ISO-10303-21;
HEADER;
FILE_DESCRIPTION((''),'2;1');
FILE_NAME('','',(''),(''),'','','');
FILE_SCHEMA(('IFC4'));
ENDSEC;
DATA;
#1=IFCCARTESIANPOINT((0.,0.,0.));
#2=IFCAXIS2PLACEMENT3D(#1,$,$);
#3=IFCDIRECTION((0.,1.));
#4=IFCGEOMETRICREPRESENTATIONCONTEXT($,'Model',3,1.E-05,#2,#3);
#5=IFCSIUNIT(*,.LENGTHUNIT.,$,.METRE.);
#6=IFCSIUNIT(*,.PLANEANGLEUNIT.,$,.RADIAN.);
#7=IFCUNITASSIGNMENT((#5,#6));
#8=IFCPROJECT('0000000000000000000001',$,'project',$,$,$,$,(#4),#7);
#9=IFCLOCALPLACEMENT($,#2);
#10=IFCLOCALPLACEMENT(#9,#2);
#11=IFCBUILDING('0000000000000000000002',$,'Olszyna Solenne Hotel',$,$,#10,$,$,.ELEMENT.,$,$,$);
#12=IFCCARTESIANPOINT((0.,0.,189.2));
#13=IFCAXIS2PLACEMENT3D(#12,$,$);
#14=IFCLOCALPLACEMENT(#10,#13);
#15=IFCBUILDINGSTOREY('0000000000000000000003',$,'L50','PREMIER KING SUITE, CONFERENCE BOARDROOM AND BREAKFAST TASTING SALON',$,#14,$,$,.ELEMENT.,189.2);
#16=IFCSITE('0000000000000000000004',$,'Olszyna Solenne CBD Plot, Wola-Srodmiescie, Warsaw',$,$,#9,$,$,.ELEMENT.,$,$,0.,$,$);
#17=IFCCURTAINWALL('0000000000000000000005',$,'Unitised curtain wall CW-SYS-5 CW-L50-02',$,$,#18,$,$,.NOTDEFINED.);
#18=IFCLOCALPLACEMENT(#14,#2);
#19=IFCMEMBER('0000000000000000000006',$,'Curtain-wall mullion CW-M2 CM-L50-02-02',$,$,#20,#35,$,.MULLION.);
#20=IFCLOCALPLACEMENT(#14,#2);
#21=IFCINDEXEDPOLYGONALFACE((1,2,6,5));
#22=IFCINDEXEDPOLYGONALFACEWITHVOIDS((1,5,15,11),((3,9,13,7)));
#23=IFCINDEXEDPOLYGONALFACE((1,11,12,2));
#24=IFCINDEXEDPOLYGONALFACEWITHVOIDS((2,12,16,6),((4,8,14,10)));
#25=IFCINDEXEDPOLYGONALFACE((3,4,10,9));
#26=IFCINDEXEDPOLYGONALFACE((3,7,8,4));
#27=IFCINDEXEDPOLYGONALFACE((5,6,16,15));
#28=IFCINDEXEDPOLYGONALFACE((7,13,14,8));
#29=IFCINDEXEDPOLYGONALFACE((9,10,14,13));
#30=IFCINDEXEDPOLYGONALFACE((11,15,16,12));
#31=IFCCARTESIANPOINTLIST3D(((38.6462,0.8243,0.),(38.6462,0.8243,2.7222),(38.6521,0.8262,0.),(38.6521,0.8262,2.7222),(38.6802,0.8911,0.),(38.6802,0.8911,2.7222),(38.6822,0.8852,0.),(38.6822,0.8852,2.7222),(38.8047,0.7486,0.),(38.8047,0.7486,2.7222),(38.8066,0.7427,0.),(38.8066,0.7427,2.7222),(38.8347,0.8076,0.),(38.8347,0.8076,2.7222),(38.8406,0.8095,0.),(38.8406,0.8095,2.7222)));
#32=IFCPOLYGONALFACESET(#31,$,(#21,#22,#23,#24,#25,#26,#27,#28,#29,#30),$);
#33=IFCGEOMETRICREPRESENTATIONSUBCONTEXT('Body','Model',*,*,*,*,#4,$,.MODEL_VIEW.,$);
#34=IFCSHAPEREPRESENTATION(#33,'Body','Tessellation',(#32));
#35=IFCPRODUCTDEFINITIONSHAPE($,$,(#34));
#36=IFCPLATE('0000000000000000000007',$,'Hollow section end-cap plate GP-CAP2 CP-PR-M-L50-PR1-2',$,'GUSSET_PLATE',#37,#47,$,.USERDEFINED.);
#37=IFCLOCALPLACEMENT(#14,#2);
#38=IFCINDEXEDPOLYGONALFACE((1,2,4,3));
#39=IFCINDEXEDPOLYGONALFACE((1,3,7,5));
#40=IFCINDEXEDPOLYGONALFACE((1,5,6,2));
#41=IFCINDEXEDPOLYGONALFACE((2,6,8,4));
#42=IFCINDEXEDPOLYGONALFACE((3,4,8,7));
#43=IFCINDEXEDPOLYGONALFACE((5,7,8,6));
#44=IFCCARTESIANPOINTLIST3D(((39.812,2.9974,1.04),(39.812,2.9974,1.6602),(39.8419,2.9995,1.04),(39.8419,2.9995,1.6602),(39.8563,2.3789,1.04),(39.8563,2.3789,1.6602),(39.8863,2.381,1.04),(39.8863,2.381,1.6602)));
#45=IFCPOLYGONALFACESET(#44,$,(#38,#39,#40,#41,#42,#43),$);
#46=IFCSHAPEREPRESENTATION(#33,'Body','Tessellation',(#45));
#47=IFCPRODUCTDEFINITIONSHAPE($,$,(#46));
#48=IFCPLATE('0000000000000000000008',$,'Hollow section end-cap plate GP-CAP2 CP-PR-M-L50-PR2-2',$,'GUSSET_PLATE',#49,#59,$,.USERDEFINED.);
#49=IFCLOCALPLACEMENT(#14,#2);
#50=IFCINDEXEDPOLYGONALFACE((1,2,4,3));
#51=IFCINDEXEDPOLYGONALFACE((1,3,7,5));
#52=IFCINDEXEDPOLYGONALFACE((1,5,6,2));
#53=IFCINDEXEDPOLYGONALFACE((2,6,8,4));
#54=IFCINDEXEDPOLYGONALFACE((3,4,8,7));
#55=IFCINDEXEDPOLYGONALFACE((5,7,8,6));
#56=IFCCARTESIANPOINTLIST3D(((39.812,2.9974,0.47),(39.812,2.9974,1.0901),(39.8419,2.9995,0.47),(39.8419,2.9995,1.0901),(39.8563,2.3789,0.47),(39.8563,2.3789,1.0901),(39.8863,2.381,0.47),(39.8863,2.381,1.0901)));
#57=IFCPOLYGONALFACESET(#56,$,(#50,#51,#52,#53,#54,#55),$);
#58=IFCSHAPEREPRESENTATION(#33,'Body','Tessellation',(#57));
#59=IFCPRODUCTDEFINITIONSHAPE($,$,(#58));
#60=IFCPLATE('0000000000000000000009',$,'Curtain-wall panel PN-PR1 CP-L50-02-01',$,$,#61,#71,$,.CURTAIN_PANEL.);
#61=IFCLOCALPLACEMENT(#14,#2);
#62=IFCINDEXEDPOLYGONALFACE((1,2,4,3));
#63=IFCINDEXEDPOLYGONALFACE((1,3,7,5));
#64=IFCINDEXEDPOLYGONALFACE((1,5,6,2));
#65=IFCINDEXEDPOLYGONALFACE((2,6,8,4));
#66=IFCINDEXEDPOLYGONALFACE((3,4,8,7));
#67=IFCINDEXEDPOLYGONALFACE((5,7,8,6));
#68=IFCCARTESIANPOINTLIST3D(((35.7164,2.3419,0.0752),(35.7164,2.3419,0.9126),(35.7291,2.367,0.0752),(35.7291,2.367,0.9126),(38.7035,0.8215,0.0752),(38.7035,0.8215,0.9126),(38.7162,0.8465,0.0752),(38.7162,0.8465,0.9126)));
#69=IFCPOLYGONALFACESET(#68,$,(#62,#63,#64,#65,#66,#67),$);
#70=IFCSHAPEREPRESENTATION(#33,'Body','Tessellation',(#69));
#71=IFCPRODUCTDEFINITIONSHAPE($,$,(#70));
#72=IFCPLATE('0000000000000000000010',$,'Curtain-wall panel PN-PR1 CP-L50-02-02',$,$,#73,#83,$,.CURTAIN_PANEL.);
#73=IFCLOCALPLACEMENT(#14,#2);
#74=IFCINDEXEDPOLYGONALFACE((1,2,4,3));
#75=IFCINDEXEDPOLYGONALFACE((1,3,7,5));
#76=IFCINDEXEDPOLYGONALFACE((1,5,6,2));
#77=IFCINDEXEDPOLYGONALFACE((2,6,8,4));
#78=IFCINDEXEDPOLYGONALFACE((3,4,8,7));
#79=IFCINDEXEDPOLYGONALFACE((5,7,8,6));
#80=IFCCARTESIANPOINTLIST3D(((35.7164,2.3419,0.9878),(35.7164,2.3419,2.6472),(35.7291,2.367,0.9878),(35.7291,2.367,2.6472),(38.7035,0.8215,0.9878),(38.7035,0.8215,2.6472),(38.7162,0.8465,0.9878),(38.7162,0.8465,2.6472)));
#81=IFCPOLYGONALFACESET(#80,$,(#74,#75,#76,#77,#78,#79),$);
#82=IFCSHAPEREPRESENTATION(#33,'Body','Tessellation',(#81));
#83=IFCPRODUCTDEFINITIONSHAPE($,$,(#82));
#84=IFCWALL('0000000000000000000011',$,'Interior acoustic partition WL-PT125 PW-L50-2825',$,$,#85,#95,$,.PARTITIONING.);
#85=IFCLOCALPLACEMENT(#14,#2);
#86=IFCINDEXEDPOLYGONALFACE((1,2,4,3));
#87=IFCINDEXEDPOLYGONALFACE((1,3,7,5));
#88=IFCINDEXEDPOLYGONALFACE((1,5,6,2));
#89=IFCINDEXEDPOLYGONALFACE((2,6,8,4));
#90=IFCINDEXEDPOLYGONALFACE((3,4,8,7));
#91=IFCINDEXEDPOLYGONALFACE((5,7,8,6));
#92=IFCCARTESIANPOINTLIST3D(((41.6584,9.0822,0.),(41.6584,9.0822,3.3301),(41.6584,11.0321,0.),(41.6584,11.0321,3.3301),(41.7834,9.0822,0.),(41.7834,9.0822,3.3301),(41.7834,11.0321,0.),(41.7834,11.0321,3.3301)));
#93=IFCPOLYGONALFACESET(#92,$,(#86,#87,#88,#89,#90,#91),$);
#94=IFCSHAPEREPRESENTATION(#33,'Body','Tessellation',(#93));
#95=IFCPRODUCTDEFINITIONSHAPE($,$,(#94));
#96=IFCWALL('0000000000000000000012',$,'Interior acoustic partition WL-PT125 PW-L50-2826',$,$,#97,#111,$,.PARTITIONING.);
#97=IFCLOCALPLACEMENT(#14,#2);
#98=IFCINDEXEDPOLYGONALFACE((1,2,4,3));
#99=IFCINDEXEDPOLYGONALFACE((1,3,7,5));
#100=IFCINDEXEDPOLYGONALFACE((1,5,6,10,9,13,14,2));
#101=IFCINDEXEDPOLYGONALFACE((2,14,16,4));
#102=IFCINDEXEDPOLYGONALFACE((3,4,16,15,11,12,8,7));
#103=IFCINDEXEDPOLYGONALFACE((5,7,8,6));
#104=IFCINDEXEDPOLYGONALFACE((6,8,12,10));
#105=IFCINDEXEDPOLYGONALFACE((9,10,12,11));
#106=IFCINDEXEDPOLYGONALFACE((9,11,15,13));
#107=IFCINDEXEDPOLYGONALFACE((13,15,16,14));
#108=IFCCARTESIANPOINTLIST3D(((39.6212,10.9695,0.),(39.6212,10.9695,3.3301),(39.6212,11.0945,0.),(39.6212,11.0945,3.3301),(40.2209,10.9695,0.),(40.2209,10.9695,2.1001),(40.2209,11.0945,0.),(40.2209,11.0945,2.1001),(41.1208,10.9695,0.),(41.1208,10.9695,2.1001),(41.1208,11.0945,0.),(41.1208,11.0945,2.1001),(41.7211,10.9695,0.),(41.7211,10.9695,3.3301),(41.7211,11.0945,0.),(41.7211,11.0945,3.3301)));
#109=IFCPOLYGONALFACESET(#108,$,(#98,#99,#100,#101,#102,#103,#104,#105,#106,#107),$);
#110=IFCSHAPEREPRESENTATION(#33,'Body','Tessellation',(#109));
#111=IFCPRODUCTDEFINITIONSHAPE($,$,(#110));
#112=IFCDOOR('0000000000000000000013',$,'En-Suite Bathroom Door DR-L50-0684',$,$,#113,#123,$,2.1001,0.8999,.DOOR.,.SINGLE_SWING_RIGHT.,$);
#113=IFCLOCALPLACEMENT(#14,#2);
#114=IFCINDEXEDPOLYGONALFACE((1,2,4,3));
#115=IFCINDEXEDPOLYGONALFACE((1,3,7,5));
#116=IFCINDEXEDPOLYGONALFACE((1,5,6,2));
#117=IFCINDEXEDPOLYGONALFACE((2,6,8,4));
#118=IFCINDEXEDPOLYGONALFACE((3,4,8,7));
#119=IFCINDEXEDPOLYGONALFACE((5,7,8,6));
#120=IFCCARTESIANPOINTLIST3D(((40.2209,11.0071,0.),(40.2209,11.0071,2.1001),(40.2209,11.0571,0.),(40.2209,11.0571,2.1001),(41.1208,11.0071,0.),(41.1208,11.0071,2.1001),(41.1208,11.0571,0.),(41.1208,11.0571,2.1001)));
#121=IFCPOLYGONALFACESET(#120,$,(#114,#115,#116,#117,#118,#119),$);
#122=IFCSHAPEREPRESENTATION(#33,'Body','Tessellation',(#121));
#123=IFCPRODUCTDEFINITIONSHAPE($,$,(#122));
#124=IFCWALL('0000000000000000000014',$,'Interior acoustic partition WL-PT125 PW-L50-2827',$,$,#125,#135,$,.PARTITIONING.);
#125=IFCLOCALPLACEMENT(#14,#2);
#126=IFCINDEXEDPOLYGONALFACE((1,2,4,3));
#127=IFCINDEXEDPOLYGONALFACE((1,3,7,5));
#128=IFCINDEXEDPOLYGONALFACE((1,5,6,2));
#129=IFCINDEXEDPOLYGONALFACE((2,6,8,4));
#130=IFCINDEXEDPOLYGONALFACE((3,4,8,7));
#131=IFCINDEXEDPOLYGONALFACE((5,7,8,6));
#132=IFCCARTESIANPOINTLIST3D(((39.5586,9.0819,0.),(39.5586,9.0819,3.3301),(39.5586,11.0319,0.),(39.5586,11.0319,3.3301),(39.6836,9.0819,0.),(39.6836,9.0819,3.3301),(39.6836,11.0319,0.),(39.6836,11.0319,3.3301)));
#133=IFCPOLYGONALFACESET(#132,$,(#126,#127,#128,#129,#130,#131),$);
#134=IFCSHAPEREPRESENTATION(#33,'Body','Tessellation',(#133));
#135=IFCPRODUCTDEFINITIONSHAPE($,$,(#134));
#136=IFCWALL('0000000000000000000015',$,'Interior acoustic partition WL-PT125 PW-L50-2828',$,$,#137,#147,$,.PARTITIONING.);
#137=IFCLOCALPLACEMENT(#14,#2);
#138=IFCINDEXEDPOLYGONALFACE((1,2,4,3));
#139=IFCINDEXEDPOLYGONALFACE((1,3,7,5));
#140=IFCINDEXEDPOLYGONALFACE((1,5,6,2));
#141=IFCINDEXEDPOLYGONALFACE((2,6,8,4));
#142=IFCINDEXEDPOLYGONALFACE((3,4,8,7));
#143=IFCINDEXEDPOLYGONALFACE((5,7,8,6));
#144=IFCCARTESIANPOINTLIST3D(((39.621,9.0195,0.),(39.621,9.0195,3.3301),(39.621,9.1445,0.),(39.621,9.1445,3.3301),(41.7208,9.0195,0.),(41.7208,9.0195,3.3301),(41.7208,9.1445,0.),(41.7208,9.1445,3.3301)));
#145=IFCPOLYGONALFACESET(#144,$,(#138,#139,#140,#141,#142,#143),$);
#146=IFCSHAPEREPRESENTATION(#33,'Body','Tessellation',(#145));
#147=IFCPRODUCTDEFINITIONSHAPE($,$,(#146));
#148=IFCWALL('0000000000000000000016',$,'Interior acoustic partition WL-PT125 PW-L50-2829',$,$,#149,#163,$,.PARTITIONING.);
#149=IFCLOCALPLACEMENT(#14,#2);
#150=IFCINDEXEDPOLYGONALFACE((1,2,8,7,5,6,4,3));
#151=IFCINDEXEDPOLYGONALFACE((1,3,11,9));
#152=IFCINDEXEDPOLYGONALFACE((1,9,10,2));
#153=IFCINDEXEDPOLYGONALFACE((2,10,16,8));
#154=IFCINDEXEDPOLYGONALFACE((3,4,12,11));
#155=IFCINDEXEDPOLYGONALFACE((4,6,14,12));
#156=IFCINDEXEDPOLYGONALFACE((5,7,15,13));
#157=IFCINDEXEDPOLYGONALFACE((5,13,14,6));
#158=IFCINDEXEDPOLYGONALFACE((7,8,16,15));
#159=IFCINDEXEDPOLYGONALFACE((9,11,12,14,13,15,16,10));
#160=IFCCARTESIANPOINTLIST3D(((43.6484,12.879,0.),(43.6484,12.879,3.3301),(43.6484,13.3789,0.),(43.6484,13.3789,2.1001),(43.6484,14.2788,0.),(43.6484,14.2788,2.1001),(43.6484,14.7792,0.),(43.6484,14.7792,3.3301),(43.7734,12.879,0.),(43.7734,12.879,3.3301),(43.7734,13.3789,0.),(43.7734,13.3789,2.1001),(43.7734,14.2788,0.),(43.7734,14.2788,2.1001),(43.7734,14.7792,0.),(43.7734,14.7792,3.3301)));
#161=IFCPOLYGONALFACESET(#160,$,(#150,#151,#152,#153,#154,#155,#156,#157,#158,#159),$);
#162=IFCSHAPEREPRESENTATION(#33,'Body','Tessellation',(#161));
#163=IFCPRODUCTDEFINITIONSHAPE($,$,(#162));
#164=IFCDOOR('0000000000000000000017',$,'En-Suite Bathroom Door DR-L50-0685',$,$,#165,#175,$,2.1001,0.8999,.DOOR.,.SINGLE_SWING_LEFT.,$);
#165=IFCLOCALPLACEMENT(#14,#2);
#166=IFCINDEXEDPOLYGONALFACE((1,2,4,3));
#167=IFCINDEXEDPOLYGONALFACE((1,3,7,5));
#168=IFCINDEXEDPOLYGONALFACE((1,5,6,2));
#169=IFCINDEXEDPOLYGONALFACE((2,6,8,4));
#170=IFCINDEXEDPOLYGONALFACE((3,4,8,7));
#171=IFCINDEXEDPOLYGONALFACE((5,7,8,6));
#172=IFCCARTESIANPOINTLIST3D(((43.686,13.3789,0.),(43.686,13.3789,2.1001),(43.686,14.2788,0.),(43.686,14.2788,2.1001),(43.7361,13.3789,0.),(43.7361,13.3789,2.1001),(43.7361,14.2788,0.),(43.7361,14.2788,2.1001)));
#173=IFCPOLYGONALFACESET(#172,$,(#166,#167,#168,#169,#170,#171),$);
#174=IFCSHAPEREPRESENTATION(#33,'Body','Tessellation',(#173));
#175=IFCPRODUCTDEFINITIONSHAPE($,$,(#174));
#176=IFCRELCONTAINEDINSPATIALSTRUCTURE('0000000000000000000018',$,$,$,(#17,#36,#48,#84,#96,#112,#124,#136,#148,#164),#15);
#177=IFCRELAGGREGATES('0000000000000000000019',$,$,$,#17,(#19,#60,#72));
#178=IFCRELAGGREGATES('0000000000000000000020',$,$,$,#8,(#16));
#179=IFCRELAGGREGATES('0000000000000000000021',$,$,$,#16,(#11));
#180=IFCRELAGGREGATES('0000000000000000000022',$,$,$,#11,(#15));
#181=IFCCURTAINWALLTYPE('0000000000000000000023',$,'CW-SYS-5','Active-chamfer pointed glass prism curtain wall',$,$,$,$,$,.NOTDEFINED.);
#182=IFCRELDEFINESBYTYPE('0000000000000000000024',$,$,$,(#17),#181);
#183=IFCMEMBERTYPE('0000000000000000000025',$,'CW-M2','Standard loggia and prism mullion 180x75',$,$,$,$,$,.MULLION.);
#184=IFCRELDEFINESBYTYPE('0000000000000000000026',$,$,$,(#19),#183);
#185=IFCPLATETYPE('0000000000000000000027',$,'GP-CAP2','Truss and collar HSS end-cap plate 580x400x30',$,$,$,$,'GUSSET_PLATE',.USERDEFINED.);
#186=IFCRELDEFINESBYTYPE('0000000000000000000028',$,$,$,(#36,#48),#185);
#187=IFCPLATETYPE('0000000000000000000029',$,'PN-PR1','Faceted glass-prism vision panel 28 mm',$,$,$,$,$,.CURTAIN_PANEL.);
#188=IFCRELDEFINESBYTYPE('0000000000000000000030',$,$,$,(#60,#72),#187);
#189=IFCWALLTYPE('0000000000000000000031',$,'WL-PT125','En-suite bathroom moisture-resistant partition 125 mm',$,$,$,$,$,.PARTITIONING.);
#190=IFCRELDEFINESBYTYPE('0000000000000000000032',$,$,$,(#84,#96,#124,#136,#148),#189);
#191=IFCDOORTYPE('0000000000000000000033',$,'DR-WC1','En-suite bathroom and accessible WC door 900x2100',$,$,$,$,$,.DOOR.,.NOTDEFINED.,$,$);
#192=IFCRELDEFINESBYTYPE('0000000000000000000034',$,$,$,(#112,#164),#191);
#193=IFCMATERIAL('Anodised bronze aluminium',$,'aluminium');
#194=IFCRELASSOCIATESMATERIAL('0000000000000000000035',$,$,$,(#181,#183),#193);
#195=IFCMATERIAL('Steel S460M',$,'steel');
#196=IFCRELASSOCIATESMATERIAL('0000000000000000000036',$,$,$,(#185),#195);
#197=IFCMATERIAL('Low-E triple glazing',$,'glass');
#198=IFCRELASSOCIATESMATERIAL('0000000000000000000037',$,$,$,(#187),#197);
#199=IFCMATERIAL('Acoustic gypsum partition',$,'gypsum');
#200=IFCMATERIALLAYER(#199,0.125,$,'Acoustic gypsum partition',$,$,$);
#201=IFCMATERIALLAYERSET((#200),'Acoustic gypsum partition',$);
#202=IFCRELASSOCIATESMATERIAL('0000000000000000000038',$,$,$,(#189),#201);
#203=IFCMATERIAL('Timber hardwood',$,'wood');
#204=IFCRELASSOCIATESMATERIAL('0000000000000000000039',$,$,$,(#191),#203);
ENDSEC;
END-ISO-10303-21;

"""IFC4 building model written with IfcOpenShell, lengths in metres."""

from ifc_helpers import new_model, si_unit, direction, frame, frame_2d, origin, origin_2d, place, context, subcontext, project, spatial, rectangle, hollow_rectangle, extrude, source, transform, mapped, material, layer, layer_set, material_profile, profile_set, type_object, type_shapes, element, fill, aggregate, save


model = new_model("IFC4")

# Units and contexts
model_context = context("Model", 3, precision=1e-05, world=origin(), true_north=direction((0.0, 1.0)))
body_context = subcontext(model_context, "Body", "Model", "MODEL_VIEW")
ifc_project = project(units=[si_unit("LENGTHUNIT", "METRE"), si_unit("PLANEANGLEUNIT", "RADIAN")], contexts=[model_context])

# Site, building, storey
site_placement = place(None, origin())
site = spatial("IfcSite", under=ifc_project, at=site_placement, Name="Olszyna Solenne CBD Plot, Wola-Srodmiescie, Warsaw", CompositionType="ELEMENT", RefElevation=0.0)
building_placement = place(site_placement, origin())
building = spatial("IfcBuilding", under=site, at=building_placement, Name="Olszyna Solenne Hotel", CompositionType="ELEMENT")
storey_placement = place(building_placement, frame((0.0, 0.0, 189.2)))
storey = spatial("IfcBuildingStorey", under=building, at=storey_placement, Name="L50", Description="PREMIER KING SUITE, CONFERENCE BOARDROOM AND BREAKFAST TASTING SALON", CompositionType="ELEMENT", Elevation=189.2)

# Shared definitions
ifc_material_1 = material(Name="Steel S460M", Category="steel")

# Curtain wall, member
ifc_material_2 = material(Name="Anodised bronze aluminium", Category="aluminium")
curtain_wall_type = type_object("IfcCurtainWallType", Name="CW-SYS-5", Description="Active-chamfer pointed glass prism curtain wall", PredefinedType="NOTDEFINED", material=ifc_material_2)
curtain_wall_placement = place(storey_placement, origin())
curtain_wall = element("IfcCurtainWall", 1, at=curtain_wall_placement, inside=storey, type_object=curtain_wall_type, Name="Unitised curtain wall CW-SYS-5 CW-L50-02", PredefinedType="NOTDEFINED")
ifc_material_profile_1 = material_profile(ifc_material_2, hollow_rectangle(XDim=0.075, YDim=0.1799, WallThickness=0.0044, at=origin_2d()), Name="MULL 180x75x4.5", Category="load-bearing")
ifc_profile_set_1 = profile_set([ifc_material_profile_1], Name="Anodised bronze aluminium")
member_type = type_object("IfcMemberType", Name="CW-M2", Description="Standard loggia and prism mullion 180x75", PredefinedType="MULLION", material=ifc_profile_set_1)
shared_shape_1 = source(origin(), body_context, "Body", "SweptSolid", [
    extrude(hollow_rectangle(XDim=0.075, YDim=0.1799, WallThickness=0.0044, at=origin_2d()), origin(), (0.0, 0.0, 1.0), 2.7222),
])
member_placement = place(storey_placement, frame((38.7434, 0.8169, 0.0), z_axis=(0.0, 0.0, 1.0), x_axis=(0.45361, 0.8912, 0.0)))
member = element("IfcMember", 2, at=member_placement, type_object=member_type, Name="Curtain-wall mullion CW-M2 CM-L50-02-02", PredefinedType="MULLION", context=body_context, shape_type="MappedRepresentation", body=[
    mapped(shared_shape_1, transform((0.0, 0.0, 0.0), x_axis=(1.0, 0.0, 0.0), y_axis=(0.0, 1.0, 0.0), z_axis=(0.0, 0.0, 1.0), scale=1.0)),
])

# Plates
plate_type_1 = type_object("IfcPlateType", Name="GP-CAP2", Description="Truss and collar HSS end-cap plate 580x400x30", ElementType="GUSSET_PLATE", PredefinedType="USERDEFINED", material=ifc_material_1)
shared_shape_2 = source(origin(), body_context, "Body", "SweptSolid", [
    extrude(rectangle(XDim=0.03, YDim=0.6201, at=origin_2d()), origin(), (0.0, 0.0, 1.0), 0.6201),
])
for number, where, z_axis, x_axis, name in (
    (3, (39.8491, 2.6892, 1.04), (0.0, 0.0, 1.0), (0.997441, 0.071497, 0.0), "Hollow section end-cap plate GP-CAP2 CP-PR-M-L50-PR1-2"),
    (4, (39.8491, 2.6892, 0.47), (0.0, 0.0, 1.0), (0.997441, 0.071497, 0.0), "Hollow section end-cap plate GP-CAP2 CP-PR-M-L50-PR2-2"),
):
    element("IfcPlate", number, at=place(storey_placement, frame(where, z_axis=z_axis, x_axis=x_axis)), inside=storey, type_object=plate_type_1, Name=name, ObjectType="GUSSET_PLATE", PredefinedType="USERDEFINED", context=body_context, shape_type="MappedRepresentation", body=[
        mapped(shared_shape_2, transform((0.0, 0.0, 0.0), x_axis=(1.0, 0.0, 0.0), y_axis=(0.0, 1.0, 0.0), z_axis=(0.0, 0.0, 1.0), scale=1.0)),
    ])

# Plates
ifc_material_3 = material(Name="Low-E triple glazing", Category="glass")
plate_type_2 = type_object("IfcPlateType", Name="PN-PR1", Description="Faceted glass-prism vision panel 28 mm", PredefinedType="CURTAIN_PANEL", material=ifc_material_3)
shared_shape_3 = source(origin(), body_context, "Body", "SweptSolid", [
    extrude(rectangle(XDim=3.3518, YDim=0.0281, at=origin_2d()), origin(), (0.0, 0.0, 1.0), 0.8374),
])
plate_1_placement = place(storey_placement, frame((37.2163, 1.5942, 0.0752), z_axis=(0.0, 0.0, 1.0), x_axis=(0.8912, -0.45361, 0.0)))
plate_1 = element("IfcPlate", 5, at=plate_1_placement, type_object=plate_type_2, Name="Curtain-wall panel PN-PR1 CP-L50-02-01", PredefinedType="CURTAIN_PANEL", context=body_context, shape_type="MappedRepresentation", body=[
    mapped(shared_shape_3, transform((0.0, 0.0, 0.0), x_axis=(1.0, 0.0, 0.0), y_axis=(0.0, 1.0, 0.0), z_axis=(0.0, 0.0, 1.0), scale=1.0)),
])
shared_shape_4 = source(origin(), body_context, "Body", "SweptSolid", [
    extrude(rectangle(XDim=3.3518, YDim=0.0281, at=origin_2d()), origin(), (0.0, 0.0, 1.0), 1.6594),
])
plate_2_placement = place(storey_placement, frame((37.2163, 1.5942, 0.9878), z_axis=(0.0, 0.0, 1.0), x_axis=(0.8912, -0.45361, 0.0)))
plate_2 = element("IfcPlate", 6, at=plate_2_placement, type_object=plate_type_2, Name="Curtain-wall panel PN-PR1 CP-L50-02-02", PredefinedType="CURTAIN_PANEL", context=body_context, shape_type="MappedRepresentation", body=[
    mapped(shared_shape_4, transform((0.0, 0.0, 0.0), x_axis=(1.0, 0.0, 0.0), y_axis=(0.0, 1.0, 0.0), z_axis=(0.0, 0.0, 1.0), scale=1.0)),
])
aggregate(curtain_wall, [member, plate_1, plate_2])

# Wall
ifc_material_4 = material(Name="Acoustic gypsum partition", Category="gypsum")
ifc_layer_1 = layer(ifc_material_4, 0.125, Name="Acoustic gypsum partition")
ifc_layer_set_1 = layer_set([ifc_layer_1], Name="Acoustic gypsum partition")
wall_type_1 = type_object("IfcWallType", Name="WL-PT125", Description="En-suite bathroom moisture-resistant partition 125 mm", PredefinedType="PARTITIONING", material=ifc_layer_set_1)
wall_1_placement = place(storey_placement, frame((41.7209, 9.082, 0.0), z_axis=(0.0, 0.0, 1.0), x_axis=(0.0, 1.0, 0.0)))
element("IfcWall", 7, at=wall_1_placement, inside=storey, type_object=wall_type_1, Name="Interior acoustic partition WL-PT125 PW-L50-2825", PredefinedType="PARTITIONING", context=body_context, shape_type="SweptSolid", body=[
    extrude(rectangle(XDim=1.95, YDim=0.125, at=frame_2d((0.9751, 0.0))), origin(), (0.0, 0.0, 1.0), 3.3301),
])

# Wall, opening, door
wall_2_placement = place(storey_placement, frame((41.7209, 11.032, 0.0), z_axis=(0.0, 0.0, 1.0), x_axis=(-1.0, 0.0, 0.0)))
wall_2 = element("IfcWall", 8, at=wall_2_placement, inside=storey, type_object=wall_type_1, Name="Interior acoustic partition WL-PT125 PW-L50-2826", PredefinedType="PARTITIONING", context=body_context, shape_type="SweptSolid", body=[
    extrude(rectangle(XDim=2.0999, YDim=0.125, at=frame_2d((1.0498, 0.0))), origin(), (0.0, 0.0, 1.0), 3.3301),
])
opening_1_placement = place(wall_2_placement, frame((0.6001, 0.0, 0.0)))
opening_1 = element("IfcOpeningElement", 9, at=opening_1_placement, cuts=wall_2, PredefinedType="OPENING", context=body_context, shape_type="SweptSolid", body=[
    extrude(rectangle(XDim=0.8999, YDim=2.1001, at=frame_2d((0.45, 1.05))), frame((0.0, 0.0725, 0.0), z_axis=(0.0, -1.0, 0.0), x_axis=(1.0, 0.0, 0.0)), (0.0, 0.0, 1.0), 0.145),
])
ifc_material_5 = material(Name="Timber hardwood", Category="wood")
door_type_1 = type_object("IfcDoorType", Name="DR-WC1", Description="En-suite bathroom and accessible WC door 900x2100", OperationType="NOTDEFINED", PredefinedType="DOOR", material=ifc_material_5)
shared_shape_5 = source(origin(), body_context, "Body", "SweptSolid", [
    extrude(rectangle(XDim=0.8999, YDim=2.1001, at=frame_2d((0.45, 1.05))), frame((0.0, 0.0249, 0.0), z_axis=(0.0, -1.0, 0.0), x_axis=(1.0, 0.0, 0.0)), (0.0, 0.0, 1.0), 0.05),
])
type_shapes(door_type_1, [shared_shape_5])
door_1_placement = place(opening_1_placement, origin())
door_1 = element("IfcDoor", 10, at=door_1_placement, inside=storey, type_object=door_type_1, Name="En-Suite Bathroom Door DR-L50-0684", OperationType="SINGLE_SWING_RIGHT", OverallHeight=2.1001, OverallWidth=0.8999, PredefinedType="DOOR", context=body_context, shape_type="MappedRepresentation", body=[
    mapped(shared_shape_5, transform((0.0, 0.0, 0.0), x_axis=(1.0, 0.0, 0.0), y_axis=(0.0, 1.0, 0.0), z_axis=(0.0, 0.0, 1.0), scale=1.0)),
])
fill(opening_1, door_1)

# Walls
wall_3_placement = place(storey_placement, frame((39.6211, 11.032, 0.0), z_axis=(0.0, 0.0, 1.0), x_axis=(0.0, -1.0, 0.0)))
element("IfcWall", 11, at=wall_3_placement, inside=storey, type_object=wall_type_1, Name="Interior acoustic partition WL-PT125 PW-L50-2827", PredefinedType="PARTITIONING", context=body_context, shape_type="SweptSolid", body=[
    extrude(rectangle(XDim=1.95, YDim=0.125, at=frame_2d((0.9751, 0.0))), origin(), (0.0, 0.0, 1.0), 3.3301),
])
wall_4_placement = place(storey_placement, frame((39.6211, 9.082, 0.0), z_axis=(0.0, 0.0, 1.0), x_axis=(1.0, 0.0, 0.0)))
element("IfcWall", 12, at=wall_4_placement, inside=storey, type_object=wall_type_1, Name="Interior acoustic partition WL-PT125 PW-L50-2828", PredefinedType="PARTITIONING", context=body_context, shape_type="SweptSolid", body=[
    extrude(rectangle(XDim=2.0999, YDim=0.125, at=frame_2d((1.0498, 0.0))), origin(), (0.0, 0.0, 1.0), 3.3301),
])

# Wall, opening, door
wall_5_placement = place(storey_placement, frame((43.7109, 12.8789, 0.0), z_axis=(0.0, 0.0, 1.0), x_axis=(0.0, 1.0, 0.0)))
wall_5 = element("IfcWall", 13, at=wall_5_placement, inside=storey, type_object=wall_type_1, Name="Interior acoustic partition WL-PT125 PW-L50-2829", PredefinedType="PARTITIONING", context=body_context, shape_type="SweptSolid", body=[
    extrude(rectangle(XDim=1.9001, YDim=0.125, at=frame_2d((0.9502, 0.0))), origin(), (0.0, 0.0, 1.0), 3.3301),
])
opening_2_placement = place(wall_5_placement, frame((0.5, 0.0, 0.0)))
opening_2 = element("IfcOpeningElement", 14, at=opening_2_placement, cuts=wall_5, PredefinedType="OPENING", context=body_context, shape_type="SweptSolid", body=[
    extrude(rectangle(XDim=0.8999, YDim=2.1001, at=frame_2d((0.45, 1.05))), frame((0.0, 0.0725, 0.0), z_axis=(0.0, -1.0, 0.0), x_axis=(1.0, 0.0, 0.0)), (0.0, 0.0, 1.0), 0.145),
])
door_2_placement = place(opening_2_placement, origin())
door_2 = element("IfcDoor", 15, at=door_2_placement, inside=storey, type_object=door_type_1, Name="En-Suite Bathroom Door DR-L50-0685", OperationType="SINGLE_SWING_LEFT", OverallHeight=2.1001, OverallWidth=0.8999, PredefinedType="DOOR", context=body_context, shape_type="MappedRepresentation", body=[
    mapped(shared_shape_5, transform((0.0, 0.0, 0.0), x_axis=(1.0, 0.0, 0.0), y_axis=(0.0, 1.0, 0.0), z_axis=(0.0, 0.0, 1.0), scale=1.0)),
])
fill(opening_2, door_2)

save(model, "model.ifc")
